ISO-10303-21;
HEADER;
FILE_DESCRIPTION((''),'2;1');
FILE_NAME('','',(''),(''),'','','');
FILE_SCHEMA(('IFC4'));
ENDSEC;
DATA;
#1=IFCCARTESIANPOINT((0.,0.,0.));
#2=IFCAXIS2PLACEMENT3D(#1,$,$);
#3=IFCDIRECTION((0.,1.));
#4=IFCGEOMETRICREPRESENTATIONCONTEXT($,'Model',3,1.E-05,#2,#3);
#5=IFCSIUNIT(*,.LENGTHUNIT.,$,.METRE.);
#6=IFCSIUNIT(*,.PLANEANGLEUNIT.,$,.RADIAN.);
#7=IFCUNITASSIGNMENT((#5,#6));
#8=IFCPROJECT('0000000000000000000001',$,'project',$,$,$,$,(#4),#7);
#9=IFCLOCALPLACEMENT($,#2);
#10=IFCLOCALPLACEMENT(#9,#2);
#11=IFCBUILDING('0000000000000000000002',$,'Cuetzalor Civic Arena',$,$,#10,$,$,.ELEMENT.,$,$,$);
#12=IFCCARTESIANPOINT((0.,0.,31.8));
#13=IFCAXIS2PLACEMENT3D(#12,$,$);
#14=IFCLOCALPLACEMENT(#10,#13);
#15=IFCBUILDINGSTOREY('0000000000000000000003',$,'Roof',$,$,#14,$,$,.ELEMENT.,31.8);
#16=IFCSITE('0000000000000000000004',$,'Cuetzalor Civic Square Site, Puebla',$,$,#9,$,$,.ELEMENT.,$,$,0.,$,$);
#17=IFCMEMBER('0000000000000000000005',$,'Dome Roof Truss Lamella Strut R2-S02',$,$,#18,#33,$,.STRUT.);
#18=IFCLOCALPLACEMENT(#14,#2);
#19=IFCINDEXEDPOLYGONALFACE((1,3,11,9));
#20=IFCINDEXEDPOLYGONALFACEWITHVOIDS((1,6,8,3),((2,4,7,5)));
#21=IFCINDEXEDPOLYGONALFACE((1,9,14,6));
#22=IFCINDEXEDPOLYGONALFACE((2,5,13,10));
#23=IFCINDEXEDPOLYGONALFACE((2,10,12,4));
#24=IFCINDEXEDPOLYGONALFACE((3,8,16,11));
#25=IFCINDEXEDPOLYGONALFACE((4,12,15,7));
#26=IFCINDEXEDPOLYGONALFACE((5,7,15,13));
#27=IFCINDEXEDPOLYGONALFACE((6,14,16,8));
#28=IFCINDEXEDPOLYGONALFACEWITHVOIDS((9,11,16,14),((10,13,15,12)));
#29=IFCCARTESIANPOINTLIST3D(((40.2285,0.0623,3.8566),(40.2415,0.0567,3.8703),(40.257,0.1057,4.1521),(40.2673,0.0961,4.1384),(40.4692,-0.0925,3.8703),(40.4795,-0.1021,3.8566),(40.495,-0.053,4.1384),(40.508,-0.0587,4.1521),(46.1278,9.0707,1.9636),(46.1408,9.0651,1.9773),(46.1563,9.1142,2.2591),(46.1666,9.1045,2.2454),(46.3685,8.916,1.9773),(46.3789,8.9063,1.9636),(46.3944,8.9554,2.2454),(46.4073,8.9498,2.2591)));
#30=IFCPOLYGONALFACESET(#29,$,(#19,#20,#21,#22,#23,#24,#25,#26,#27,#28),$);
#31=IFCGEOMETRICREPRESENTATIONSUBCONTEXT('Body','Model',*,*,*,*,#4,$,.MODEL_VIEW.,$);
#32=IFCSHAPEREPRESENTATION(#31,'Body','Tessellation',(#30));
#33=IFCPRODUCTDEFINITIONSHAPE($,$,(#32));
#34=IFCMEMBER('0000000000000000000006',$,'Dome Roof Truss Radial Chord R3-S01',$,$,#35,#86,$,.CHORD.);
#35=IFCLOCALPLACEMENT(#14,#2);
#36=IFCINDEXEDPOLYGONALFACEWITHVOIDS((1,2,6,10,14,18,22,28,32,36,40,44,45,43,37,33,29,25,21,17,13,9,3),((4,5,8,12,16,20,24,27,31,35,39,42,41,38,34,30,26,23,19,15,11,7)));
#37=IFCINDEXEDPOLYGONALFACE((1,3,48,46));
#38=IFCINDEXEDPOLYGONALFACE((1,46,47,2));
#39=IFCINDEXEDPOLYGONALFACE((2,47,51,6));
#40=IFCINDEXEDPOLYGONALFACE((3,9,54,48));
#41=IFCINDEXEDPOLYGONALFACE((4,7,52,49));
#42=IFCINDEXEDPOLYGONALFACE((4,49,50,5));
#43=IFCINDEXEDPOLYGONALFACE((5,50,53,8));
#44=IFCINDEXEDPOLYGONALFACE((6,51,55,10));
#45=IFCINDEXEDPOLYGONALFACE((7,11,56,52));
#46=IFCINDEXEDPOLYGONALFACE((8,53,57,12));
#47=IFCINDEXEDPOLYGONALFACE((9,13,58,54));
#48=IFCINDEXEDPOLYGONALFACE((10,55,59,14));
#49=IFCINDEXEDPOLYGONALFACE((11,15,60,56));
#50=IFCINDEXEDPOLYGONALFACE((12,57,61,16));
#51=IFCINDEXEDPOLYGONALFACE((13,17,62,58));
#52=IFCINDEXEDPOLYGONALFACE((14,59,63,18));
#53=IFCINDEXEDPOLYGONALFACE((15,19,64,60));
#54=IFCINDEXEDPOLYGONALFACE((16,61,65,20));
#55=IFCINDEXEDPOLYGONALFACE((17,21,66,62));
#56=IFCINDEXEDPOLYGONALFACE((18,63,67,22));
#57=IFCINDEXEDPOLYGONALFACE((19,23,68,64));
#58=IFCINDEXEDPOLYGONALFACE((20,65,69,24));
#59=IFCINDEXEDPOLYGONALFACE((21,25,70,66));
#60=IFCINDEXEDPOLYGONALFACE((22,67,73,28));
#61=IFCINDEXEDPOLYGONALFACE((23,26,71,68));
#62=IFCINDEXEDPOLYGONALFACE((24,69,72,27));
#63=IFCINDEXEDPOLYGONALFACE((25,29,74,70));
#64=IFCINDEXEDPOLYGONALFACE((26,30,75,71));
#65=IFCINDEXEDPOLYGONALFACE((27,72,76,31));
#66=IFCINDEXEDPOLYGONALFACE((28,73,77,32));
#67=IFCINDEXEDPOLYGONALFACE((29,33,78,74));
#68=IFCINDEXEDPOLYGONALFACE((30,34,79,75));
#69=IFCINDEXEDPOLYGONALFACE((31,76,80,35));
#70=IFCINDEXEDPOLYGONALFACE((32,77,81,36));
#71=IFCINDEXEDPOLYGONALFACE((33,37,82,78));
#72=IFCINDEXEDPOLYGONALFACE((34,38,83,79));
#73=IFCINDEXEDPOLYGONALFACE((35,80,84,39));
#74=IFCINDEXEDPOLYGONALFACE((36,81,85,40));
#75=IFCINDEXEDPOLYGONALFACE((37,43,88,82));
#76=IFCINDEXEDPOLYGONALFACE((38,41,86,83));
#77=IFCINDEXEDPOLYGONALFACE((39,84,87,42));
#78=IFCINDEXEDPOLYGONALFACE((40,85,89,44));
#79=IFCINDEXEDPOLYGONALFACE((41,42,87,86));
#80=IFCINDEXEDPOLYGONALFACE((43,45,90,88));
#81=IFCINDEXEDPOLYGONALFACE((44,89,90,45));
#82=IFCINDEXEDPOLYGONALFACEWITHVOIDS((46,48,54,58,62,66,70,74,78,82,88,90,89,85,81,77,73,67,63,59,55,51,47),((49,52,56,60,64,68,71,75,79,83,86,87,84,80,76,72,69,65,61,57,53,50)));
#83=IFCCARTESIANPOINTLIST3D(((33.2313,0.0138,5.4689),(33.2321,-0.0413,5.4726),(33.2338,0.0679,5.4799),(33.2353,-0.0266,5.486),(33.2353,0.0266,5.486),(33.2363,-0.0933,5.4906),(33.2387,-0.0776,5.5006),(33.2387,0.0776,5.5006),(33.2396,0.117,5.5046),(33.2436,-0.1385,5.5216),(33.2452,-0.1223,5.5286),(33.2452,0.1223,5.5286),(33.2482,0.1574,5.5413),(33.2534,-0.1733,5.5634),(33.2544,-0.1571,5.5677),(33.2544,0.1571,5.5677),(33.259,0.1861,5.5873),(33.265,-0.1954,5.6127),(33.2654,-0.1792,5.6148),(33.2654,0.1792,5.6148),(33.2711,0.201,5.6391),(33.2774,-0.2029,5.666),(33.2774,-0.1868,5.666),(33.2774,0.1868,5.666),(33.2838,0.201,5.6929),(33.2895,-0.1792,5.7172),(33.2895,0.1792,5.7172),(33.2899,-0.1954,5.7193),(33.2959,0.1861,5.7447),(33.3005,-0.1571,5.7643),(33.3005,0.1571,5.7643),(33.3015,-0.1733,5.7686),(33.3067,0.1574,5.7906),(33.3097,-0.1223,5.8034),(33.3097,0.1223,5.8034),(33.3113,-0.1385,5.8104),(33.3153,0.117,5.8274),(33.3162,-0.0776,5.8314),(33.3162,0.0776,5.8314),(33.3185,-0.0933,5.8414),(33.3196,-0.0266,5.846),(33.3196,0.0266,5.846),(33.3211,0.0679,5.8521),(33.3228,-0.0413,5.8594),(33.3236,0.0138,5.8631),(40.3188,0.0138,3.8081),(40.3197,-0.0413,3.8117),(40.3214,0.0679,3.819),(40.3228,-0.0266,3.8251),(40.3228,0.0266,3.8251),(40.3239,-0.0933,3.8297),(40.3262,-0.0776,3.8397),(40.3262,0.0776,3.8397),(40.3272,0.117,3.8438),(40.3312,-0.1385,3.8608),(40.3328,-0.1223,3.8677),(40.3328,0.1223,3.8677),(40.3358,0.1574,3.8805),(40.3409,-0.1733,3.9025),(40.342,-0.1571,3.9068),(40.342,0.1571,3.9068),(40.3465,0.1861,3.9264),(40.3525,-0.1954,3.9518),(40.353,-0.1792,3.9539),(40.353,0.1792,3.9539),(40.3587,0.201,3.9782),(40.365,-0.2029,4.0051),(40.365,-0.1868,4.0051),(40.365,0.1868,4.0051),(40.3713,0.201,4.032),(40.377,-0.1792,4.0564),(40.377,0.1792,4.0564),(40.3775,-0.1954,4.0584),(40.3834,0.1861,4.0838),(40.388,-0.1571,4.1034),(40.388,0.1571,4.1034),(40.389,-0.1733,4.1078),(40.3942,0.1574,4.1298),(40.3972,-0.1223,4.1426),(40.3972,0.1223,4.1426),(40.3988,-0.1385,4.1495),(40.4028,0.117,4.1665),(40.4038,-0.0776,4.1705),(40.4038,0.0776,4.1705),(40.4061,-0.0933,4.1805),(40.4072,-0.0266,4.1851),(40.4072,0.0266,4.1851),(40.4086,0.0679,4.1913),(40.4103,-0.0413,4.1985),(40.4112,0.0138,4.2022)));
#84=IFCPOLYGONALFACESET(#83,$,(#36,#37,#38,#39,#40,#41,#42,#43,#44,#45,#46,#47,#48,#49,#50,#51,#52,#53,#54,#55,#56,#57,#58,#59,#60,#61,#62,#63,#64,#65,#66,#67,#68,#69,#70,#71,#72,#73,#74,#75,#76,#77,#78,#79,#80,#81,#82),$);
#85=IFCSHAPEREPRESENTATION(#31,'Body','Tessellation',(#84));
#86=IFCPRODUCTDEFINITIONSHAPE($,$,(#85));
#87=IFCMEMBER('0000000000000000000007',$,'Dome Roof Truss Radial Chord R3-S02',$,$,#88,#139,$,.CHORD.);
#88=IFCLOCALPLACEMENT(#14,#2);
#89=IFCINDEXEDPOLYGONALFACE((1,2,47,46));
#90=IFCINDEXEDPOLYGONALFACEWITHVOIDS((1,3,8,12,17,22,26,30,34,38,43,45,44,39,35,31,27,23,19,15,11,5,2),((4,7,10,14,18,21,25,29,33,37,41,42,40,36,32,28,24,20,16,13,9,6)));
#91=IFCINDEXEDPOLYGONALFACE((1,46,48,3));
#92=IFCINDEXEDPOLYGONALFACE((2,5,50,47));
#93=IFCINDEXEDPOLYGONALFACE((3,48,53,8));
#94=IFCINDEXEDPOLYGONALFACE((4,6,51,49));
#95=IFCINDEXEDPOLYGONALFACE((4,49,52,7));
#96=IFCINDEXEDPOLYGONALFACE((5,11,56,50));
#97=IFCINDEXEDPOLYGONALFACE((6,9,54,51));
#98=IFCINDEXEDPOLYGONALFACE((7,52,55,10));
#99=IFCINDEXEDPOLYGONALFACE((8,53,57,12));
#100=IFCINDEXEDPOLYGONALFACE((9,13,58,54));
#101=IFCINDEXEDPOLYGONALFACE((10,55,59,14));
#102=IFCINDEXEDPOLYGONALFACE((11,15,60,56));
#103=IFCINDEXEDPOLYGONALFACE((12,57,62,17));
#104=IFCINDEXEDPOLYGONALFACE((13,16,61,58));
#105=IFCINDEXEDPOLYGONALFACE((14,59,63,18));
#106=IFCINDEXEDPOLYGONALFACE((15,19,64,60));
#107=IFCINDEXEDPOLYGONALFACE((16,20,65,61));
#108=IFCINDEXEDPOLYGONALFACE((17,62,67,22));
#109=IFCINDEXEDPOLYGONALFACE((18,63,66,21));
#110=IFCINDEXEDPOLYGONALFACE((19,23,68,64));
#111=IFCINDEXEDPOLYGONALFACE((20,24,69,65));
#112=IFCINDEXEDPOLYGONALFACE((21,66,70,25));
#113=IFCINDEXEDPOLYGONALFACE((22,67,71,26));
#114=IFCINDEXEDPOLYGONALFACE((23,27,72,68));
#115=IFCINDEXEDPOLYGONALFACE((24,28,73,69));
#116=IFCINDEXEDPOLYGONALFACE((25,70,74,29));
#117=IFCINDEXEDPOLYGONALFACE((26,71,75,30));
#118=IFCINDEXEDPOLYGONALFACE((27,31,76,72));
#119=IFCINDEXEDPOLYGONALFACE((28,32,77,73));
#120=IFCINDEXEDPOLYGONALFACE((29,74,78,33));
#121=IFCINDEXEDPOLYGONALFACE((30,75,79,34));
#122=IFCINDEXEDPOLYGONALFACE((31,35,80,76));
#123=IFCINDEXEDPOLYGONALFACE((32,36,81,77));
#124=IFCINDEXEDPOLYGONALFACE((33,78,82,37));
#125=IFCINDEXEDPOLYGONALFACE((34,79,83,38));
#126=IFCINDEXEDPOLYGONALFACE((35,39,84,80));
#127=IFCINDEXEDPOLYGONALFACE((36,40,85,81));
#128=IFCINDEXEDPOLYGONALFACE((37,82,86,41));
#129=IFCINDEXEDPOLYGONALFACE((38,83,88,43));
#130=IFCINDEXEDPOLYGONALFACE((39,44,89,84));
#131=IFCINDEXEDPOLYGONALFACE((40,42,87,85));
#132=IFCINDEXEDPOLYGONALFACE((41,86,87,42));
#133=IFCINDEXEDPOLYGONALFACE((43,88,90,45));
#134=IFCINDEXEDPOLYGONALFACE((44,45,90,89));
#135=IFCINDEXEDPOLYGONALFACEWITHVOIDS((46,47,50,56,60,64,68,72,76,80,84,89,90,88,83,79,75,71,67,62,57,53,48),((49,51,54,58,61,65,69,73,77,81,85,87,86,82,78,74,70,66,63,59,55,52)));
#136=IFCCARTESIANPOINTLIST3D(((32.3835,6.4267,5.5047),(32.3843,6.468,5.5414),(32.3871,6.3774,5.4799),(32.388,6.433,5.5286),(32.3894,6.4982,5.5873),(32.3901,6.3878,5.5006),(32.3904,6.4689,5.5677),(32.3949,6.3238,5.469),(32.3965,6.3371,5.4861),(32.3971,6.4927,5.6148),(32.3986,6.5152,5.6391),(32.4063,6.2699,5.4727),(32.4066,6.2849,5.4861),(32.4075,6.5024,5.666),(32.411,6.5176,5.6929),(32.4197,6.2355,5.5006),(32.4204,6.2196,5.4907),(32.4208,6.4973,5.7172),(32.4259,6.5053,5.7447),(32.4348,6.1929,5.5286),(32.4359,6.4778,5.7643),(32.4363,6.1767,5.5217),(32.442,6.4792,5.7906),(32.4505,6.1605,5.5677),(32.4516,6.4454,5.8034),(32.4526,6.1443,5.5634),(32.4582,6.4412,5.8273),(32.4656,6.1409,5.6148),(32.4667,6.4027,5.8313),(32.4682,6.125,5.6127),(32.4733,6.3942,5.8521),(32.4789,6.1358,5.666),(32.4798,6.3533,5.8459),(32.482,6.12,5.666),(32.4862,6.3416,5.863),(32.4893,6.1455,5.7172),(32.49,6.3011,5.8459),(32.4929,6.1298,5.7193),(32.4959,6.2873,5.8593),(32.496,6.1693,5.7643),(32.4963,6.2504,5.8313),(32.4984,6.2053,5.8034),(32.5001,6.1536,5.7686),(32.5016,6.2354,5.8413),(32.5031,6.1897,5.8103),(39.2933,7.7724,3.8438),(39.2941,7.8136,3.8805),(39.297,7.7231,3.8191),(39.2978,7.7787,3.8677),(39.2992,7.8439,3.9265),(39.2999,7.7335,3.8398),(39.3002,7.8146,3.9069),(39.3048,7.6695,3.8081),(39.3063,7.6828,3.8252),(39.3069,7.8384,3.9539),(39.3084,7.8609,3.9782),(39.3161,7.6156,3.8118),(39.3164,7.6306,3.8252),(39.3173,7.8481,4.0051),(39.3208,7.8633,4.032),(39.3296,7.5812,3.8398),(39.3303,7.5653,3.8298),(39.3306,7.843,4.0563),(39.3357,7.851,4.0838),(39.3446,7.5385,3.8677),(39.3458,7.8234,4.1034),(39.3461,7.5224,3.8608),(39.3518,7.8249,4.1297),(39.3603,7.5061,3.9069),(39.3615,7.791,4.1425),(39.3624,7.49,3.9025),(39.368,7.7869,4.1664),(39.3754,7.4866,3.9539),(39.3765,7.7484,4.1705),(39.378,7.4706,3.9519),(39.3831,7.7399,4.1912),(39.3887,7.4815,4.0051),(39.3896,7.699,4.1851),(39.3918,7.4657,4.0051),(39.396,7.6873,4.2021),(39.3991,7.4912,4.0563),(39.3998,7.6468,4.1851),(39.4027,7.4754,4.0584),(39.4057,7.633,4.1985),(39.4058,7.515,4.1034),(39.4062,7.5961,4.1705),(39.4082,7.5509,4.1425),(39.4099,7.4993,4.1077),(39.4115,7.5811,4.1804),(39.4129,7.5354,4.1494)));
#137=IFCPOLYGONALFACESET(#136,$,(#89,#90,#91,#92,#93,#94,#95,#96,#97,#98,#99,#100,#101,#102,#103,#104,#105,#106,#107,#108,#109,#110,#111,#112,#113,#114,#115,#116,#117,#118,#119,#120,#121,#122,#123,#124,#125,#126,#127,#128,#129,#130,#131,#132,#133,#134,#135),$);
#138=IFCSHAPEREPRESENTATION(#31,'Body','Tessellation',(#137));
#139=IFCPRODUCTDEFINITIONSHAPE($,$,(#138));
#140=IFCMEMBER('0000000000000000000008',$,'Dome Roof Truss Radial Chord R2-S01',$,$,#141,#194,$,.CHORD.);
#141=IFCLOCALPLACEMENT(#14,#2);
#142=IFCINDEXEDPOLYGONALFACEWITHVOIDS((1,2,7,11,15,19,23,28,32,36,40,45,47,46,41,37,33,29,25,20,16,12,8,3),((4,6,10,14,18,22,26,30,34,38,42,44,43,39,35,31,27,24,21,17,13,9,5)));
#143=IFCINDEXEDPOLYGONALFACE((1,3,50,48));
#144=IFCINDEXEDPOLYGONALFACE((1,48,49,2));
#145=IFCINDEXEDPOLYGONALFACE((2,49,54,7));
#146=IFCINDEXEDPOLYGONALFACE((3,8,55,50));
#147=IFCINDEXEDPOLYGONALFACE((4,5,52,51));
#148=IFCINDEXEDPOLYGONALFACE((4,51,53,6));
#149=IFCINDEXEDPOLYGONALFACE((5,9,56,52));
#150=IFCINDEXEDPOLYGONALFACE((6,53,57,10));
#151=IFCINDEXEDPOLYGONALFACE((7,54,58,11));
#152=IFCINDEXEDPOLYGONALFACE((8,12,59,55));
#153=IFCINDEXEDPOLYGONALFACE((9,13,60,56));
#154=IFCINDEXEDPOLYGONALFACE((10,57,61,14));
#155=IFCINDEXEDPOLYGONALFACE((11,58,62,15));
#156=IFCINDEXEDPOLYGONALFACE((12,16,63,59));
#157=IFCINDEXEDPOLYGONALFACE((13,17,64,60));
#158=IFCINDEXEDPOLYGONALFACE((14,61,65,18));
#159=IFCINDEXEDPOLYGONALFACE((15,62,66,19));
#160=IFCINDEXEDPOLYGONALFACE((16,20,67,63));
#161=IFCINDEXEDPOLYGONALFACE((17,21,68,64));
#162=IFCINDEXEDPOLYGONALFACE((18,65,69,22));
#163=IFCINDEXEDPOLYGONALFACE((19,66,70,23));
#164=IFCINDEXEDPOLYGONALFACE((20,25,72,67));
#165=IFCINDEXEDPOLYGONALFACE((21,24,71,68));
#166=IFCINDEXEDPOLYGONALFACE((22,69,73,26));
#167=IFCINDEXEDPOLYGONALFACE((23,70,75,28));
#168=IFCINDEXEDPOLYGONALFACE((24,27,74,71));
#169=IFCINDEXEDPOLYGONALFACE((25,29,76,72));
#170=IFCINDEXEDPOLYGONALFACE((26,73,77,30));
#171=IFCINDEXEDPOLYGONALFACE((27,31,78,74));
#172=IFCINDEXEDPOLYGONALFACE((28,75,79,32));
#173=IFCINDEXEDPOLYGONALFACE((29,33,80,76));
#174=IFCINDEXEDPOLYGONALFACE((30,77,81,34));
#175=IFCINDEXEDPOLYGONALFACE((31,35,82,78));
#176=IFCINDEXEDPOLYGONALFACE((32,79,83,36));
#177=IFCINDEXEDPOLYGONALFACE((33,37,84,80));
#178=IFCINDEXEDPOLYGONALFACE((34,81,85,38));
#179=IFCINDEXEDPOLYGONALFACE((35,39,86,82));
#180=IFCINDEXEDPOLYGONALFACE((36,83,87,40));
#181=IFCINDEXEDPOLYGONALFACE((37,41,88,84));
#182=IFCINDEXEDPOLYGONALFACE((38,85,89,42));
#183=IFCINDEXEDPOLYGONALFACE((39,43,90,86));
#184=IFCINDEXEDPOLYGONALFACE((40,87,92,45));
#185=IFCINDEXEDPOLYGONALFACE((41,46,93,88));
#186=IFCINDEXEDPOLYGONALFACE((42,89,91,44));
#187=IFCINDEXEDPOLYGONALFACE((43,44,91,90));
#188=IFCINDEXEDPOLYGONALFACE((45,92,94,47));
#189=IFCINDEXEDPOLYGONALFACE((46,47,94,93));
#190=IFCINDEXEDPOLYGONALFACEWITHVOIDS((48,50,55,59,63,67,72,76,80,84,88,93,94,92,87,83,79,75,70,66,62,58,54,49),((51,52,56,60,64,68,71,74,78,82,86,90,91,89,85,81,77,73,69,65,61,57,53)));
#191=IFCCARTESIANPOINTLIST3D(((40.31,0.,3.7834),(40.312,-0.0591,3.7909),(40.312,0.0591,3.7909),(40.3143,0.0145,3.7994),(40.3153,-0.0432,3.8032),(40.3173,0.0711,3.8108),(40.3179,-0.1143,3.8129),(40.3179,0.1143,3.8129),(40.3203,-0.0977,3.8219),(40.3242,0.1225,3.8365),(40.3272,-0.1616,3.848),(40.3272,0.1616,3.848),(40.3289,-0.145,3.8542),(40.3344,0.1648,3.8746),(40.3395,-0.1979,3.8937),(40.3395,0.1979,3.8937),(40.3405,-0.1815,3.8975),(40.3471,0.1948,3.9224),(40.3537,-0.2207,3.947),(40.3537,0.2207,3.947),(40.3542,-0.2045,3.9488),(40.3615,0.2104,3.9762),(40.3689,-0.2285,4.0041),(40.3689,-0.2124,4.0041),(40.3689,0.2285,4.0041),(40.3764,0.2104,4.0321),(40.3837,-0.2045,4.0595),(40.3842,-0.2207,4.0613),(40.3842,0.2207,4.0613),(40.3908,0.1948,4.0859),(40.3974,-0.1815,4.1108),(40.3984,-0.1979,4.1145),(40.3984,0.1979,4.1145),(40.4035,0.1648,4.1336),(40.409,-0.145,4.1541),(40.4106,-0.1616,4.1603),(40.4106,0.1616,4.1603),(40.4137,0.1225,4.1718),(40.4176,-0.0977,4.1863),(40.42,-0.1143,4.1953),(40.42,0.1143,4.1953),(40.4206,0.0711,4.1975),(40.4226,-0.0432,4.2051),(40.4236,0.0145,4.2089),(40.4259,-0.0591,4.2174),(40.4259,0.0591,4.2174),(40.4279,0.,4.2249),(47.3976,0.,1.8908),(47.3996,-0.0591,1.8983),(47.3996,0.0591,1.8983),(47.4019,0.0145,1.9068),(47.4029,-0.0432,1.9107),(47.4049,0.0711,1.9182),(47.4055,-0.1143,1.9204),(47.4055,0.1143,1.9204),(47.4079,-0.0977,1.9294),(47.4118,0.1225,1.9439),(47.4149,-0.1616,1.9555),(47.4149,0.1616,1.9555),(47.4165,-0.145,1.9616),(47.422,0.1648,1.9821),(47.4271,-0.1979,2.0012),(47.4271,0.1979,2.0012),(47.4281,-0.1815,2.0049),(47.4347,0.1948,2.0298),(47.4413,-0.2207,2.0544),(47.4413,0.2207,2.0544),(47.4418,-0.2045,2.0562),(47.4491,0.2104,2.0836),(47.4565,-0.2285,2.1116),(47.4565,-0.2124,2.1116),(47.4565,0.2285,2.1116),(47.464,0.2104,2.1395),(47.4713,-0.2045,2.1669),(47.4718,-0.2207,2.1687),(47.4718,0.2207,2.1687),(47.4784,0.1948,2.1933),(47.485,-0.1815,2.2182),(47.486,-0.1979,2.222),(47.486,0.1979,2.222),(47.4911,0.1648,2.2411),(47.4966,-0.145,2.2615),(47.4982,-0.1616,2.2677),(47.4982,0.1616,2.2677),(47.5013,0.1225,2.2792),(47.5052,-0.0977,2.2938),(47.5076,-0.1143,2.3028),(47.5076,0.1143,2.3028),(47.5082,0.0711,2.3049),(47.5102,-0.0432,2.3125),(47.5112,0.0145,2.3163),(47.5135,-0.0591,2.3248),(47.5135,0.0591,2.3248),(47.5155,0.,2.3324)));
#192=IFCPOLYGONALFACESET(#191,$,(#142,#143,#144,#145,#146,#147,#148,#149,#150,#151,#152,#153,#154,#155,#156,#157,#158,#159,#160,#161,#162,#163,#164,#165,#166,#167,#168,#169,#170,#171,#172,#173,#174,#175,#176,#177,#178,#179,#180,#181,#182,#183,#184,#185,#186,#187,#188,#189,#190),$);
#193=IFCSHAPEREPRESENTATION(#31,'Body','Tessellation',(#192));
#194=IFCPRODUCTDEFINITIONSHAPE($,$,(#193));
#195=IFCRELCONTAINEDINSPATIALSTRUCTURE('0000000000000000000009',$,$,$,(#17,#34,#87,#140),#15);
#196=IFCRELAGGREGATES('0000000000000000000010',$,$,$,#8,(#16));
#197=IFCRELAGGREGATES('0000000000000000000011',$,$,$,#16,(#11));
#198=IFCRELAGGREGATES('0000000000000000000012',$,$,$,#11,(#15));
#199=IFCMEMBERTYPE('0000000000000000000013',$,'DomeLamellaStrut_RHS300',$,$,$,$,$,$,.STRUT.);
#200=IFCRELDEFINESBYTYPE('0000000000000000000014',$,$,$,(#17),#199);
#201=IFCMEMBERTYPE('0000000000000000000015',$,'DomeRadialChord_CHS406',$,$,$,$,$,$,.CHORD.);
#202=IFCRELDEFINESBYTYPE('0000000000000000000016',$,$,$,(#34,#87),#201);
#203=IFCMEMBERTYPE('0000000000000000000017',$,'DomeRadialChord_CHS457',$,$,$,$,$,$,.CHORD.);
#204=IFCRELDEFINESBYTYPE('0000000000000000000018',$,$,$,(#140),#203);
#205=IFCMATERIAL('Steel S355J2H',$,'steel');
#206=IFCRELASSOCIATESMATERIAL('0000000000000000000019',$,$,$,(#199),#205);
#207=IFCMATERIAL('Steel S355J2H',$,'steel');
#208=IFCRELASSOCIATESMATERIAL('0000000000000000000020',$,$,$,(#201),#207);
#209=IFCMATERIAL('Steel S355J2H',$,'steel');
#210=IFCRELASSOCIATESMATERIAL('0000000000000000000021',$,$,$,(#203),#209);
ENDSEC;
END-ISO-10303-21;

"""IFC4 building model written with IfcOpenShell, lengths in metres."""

from ifc_helpers import new_model, si_unit, direction, frame, origin, origin_2d, place, context, subcontext, project, spatial, hollow_rectangle, hollow_circle, extrude, material, material_profile, profile_set, type_object, element, save


model = new_model("IFC4")

# Units and contexts
model_context = context("Model", 3, precision=1e-05, world=origin(), true_north=direction((0.0, 1.0)))
body_context = subcontext(model_context, "Body", "Model", "MODEL_VIEW")
ifc_project = project(units=[si_unit("LENGTHUNIT", "METRE"), si_unit("PLANEANGLEUNIT", "RADIAN")], contexts=[model_context])

# Site, building, storey
site_placement = place(None, origin())
site = spatial("IfcSite", under=ifc_project, at=site_placement, Name="Cuetzalor Civic Square Site, Puebla", CompositionType="ELEMENT", RefElevation=0.0)
building_placement = place(site_placement, origin())
building = spatial("IfcBuilding", under=site, at=building_placement, Name="Cuetzalor Civic Arena", CompositionType="ELEMENT")
storey_placement = place(building_placement, frame((0.0, 0.0, 31.8)))
storey = spatial("IfcBuildingStorey", under=building, at=storey_placement, Name="Roof", CompositionType="ELEMENT", Elevation=31.8)

# Members
ifc_material_1 = material(Name="Steel S355J2H", Category="steel")
ifc_material_profile_1 = material_profile(ifc_material_1, hollow_rectangle(XDim=0.3, YDim=0.3, WallThickness=0.0139, at=origin_2d()), Name="RHS 300x300x14")
ifc_profile_set_1 = profile_set([ifc_material_profile_1], Name="Steel S355J2H")
member_type_1 = type_object("IfcMemberType", Name="DomeLamellaStrut_RHS300", PredefinedType="STRUT", material=ifc_profile_set_1)
member_1_placement = place(storey_placement, frame((46.2676, 9.0103, 2.1113), z_axis=(-0.539574, -0.823942, 0.173144), x_axis=(0.836578, -0.547848, 0.0)))
element("IfcMember", 1, at=member_1_placement, inside=storey, type_object=member_type_1, Name="Dome Roof Truss Lamella Strut R2-S02", PredefinedType="STRUT", context=body_context, shape_type="SweptSolid", body=[
    extrude(hollow_rectangle(XDim=0.3, YDim=0.3, WallThickness=0.0139, at=origin_2d()), origin(), (0.0, 0.0, 1.0), 10.9333),
])
ifc_material_2 = material(Name="Steel S355J2H", Category="steel")
ifc_material_profile_2 = material_profile(ifc_material_2, hollow_circle(Radius=0.2029, WallThickness=0.0161, at=origin_2d()), Name="CHS 406x16")
ifc_profile_set_2 = profile_set([ifc_material_profile_2], Name="Steel S355J2H")
member_type_2 = type_object("IfcMemberType", Name="DomeRadialChord_CHS406", PredefinedType="CHORD", material=ifc_profile_set_2)
member_2_placement = place(storey_placement, frame((40.365, 0.0, 4.0051), z_axis=(-0.973625, 0.0, 0.228155), x_axis=(0.0, -1.0, 0.0)))
element("IfcMember", 2, at=member_2_placement, inside=storey, type_object=member_type_2, Name="Dome Roof Truss Radial Chord R3-S01", PredefinedType="CHORD", context=body_context, shape_type="SweptSolid", body=[
    extrude(hollow_circle(Radius=0.2029, WallThickness=0.0161, at=origin_2d()), origin(), (0.0, 0.0, 1.0), 7.2795),
])
member_3_placement = place(storey_placement, frame((39.353, 7.6648, 4.0051), z_axis=(-0.955331, -0.18605, 0.229626), x_axis=(0.191158, -0.981559, 0.0)))
element("IfcMember", 3, at=member_3_placement, inside=storey, type_object=member_type_2, Name="Dome Roof Truss Radial Chord R3-S02", PredefinedType="CHORD", context=body_context, shape_type="SweptSolid", body=[
    extrude(hollow_circle(Radius=0.2029, WallThickness=0.0161, at=origin_2d()), origin(), (0.0, 0.0, 1.0), 7.2329),
])
ifc_material_3 = material(Name="Steel S355J2H", Category="steel")
ifc_material_profile_3 = material_profile(ifc_material_3, hollow_circle(Radius=0.2285, WallThickness=0.0161, at=origin_2d()), Name="CHS 457x16")
ifc_profile_set_3 = profile_set([ifc_material_profile_3], Name="Steel S355J2H")
member_type_3 = type_object("IfcMemberType", Name="DomeRadialChord_CHS457", PredefinedType="CHORD", material=ifc_profile_set_3)
member_4_placement = place(storey_placement, frame((47.4565, 0.0, 2.1116), z_axis=(-0.966149, 0.0, 0.257986), x_axis=(0.0, -1.0, 0.0)))
element("IfcMember", 4, at=member_4_placement, inside=storey, type_object=member_type_3, Name="Dome Roof Truss Radial Chord R2-S01", PredefinedType="CHORD", context=body_context, shape_type="SweptSolid", body=[
    extrude(hollow_circle(Radius=0.2285, WallThickness=0.0161, at=origin_2d()), origin(), (0.0, 0.0, 1.0), 7.3359),
])

save(model, "model.ifc")
